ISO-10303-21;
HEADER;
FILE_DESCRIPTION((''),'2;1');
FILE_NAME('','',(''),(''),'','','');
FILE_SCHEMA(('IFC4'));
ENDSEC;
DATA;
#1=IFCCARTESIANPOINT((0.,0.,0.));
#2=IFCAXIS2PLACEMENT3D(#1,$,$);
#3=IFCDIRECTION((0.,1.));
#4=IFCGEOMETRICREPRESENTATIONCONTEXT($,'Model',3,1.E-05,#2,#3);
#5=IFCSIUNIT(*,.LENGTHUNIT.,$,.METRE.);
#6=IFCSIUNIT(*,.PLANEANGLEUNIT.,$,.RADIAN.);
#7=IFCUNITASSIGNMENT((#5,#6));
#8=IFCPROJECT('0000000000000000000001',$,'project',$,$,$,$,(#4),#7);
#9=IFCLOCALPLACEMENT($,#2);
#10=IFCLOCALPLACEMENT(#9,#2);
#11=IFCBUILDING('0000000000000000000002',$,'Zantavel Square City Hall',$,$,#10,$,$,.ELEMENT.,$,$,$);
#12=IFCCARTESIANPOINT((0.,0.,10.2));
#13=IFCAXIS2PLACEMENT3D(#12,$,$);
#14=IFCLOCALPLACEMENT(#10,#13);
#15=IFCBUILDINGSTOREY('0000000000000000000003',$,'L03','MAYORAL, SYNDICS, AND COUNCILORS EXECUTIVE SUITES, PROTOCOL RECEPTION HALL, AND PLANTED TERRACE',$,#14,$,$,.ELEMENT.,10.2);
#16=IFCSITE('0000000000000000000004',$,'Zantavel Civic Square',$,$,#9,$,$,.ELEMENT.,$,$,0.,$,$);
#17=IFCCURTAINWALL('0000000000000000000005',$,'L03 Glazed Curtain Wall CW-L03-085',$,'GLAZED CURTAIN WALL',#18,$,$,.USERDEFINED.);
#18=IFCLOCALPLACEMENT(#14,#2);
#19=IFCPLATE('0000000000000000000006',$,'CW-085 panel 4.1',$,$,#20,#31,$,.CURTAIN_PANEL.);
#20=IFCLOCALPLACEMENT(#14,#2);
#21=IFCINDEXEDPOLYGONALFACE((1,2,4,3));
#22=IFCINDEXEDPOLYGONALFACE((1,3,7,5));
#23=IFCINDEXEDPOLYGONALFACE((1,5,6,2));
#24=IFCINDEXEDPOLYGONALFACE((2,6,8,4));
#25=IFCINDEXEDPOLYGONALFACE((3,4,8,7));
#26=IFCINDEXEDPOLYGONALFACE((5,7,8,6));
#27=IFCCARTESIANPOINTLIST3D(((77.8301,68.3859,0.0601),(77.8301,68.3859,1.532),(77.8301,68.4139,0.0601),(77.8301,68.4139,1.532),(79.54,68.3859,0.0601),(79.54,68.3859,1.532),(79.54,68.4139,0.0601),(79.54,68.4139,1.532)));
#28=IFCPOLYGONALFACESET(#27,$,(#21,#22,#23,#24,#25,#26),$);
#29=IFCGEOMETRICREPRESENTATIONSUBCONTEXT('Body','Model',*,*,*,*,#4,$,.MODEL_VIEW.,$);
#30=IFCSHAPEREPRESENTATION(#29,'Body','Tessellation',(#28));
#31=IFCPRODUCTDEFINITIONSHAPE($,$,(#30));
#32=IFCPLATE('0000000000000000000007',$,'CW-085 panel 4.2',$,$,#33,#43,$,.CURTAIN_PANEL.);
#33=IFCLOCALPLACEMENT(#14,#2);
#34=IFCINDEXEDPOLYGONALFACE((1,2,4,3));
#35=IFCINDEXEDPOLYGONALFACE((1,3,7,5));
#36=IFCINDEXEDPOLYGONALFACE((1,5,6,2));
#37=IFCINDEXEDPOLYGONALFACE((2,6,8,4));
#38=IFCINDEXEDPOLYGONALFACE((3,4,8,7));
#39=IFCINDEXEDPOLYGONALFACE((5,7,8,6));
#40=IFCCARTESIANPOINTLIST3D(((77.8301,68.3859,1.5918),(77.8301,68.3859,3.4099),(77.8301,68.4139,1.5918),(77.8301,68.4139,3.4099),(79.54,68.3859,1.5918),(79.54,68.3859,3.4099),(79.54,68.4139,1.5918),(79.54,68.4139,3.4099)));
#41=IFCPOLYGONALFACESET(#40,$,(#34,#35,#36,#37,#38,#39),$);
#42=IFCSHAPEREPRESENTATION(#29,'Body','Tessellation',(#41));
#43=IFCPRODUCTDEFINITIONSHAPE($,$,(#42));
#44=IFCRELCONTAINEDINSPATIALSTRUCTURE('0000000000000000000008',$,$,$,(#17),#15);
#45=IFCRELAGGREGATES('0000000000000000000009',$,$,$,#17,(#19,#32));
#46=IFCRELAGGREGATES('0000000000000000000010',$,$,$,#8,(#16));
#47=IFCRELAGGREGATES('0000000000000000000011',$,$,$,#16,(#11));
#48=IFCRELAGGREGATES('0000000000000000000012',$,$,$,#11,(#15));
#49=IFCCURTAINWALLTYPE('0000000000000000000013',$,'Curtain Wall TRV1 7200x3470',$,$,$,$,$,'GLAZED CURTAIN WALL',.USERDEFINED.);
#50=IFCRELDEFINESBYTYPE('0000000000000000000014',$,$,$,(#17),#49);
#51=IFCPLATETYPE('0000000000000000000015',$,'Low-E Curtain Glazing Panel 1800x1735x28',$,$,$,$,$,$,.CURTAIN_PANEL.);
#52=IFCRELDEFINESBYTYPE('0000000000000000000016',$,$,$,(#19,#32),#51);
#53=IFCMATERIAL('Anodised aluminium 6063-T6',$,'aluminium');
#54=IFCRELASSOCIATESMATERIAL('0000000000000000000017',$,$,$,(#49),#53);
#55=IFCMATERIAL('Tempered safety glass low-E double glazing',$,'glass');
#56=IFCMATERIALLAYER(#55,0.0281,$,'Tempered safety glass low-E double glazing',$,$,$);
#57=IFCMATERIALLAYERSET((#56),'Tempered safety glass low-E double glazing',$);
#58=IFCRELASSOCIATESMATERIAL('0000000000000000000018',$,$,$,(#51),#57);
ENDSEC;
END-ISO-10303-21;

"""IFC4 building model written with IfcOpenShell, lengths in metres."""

from ifc_helpers import new_model, si_unit, direction, frame, origin, origin_2d, place, context, subcontext, project, spatial, rectangle, extrude, material, layer, layer_set, type_object, element, aggregate, save


model = new_model("IFC4")

# Units and contexts
model_context = context("Model", 3, precision=1e-05, world=origin(), true_north=direction((0.0, 1.0)))
body_context = subcontext(model_context, "Body", "Model", "MODEL_VIEW")
ifc_project = project(units=[si_unit("LENGTHUNIT", "METRE"), si_unit("PLANEANGLEUNIT", "RADIAN")], contexts=[model_context])

# Site, building, storey
site_placement = place(None, origin())
site = spatial("IfcSite", under=ifc_project, at=site_placement, Name="Zantavel Civic Square", CompositionType="ELEMENT", RefElevation=0.0)
building_placement = place(site_placement, origin())
building = spatial("IfcBuilding", under=site, at=building_placement, Name="Zantavel Square City Hall", CompositionType="ELEMENT")
storey_placement = place(building_placement, frame((0.0, 0.0, 10.2)))
storey = spatial("IfcBuildingStorey", under=building, at=storey_placement, Name="L03", Description="MAYORAL, SYNDICS, AND COUNCILORS EXECUTIVE SUITES, PROTOCOL RECEPTION HALL, AND PLANTED TERRACE", CompositionType="ELEMENT", Elevation=10.2)

# Curtain wall
ifc_material_1 = material(Name="Anodised aluminium 6063-T6", Category="aluminium")
curtain_wall_type = type_object("IfcCurtainWallType", Name="Curtain Wall TRV1 7200x3470", ElementType="GLAZED CURTAIN WALL", PredefinedType="USERDEFINED", material=ifc_material_1)
curtain_wall_placement = place(storey_placement, origin())
curtain_wall = element("IfcCurtainWall", 1, at=curtain_wall_placement, inside=storey, type_object=curtain_wall_type, Name="L03 Glazed Curtain Wall CW-L03-085", ObjectType="GLAZED CURTAIN WALL", PredefinedType="USERDEFINED")

# Plates
ifc_material_2 = material(Name="Tempered safety glass low-E double glazing", Category="glass")
ifc_layer = layer(ifc_material_2, 0.0281, Name="Tempered safety glass low-E double glazing")
ifc_layer_set = layer_set([ifc_layer], Name="Tempered safety glass low-E double glazing")
plate_type = type_object("IfcPlateType", Name="Low-E Curtain Glazing Panel 1800x1735x28", PredefinedType="CURTAIN_PANEL", material=ifc_layer_set)
plate_1_placement = place(storey_placement, frame((78.6851, 68.3999, 0.0601), z_axis=(0.0, 0.0, 1.0), x_axis=(1.0, 0.0, 0.0)))
plate_1 = element("IfcPlate", 2, at=plate_1_placement, type_object=plate_type, Name="CW-085 panel 4.1", PredefinedType="CURTAIN_PANEL", context=body_context, shape_type="SweptSolid", body=[
    extrude(rectangle(XDim=1.71, YDim=0.0281, at=origin_2d()), origin(), (0.0, 0.0, 1.0), 1.4719),
])
plate_2_placement = place(storey_placement, frame((78.6851, 68.3999, 1.5918), z_axis=(0.0, 0.0, 1.0), x_axis=(1.0, 0.0, 0.0)))
plate_2 = element("IfcPlate", 3, at=plate_2_placement, type_object=plate_type, Name="CW-085 panel 4.2", PredefinedType="CURTAIN_PANEL", context=body_context, shape_type="SweptSolid", body=[
    extrude(rectangle(XDim=1.71, YDim=0.0281, at=origin_2d()), origin(), (0.0, 0.0, 1.0), 1.8181),
])
aggregate(curtain_wall, [plate_1, plate_2])

save(model, "model.ifc")
